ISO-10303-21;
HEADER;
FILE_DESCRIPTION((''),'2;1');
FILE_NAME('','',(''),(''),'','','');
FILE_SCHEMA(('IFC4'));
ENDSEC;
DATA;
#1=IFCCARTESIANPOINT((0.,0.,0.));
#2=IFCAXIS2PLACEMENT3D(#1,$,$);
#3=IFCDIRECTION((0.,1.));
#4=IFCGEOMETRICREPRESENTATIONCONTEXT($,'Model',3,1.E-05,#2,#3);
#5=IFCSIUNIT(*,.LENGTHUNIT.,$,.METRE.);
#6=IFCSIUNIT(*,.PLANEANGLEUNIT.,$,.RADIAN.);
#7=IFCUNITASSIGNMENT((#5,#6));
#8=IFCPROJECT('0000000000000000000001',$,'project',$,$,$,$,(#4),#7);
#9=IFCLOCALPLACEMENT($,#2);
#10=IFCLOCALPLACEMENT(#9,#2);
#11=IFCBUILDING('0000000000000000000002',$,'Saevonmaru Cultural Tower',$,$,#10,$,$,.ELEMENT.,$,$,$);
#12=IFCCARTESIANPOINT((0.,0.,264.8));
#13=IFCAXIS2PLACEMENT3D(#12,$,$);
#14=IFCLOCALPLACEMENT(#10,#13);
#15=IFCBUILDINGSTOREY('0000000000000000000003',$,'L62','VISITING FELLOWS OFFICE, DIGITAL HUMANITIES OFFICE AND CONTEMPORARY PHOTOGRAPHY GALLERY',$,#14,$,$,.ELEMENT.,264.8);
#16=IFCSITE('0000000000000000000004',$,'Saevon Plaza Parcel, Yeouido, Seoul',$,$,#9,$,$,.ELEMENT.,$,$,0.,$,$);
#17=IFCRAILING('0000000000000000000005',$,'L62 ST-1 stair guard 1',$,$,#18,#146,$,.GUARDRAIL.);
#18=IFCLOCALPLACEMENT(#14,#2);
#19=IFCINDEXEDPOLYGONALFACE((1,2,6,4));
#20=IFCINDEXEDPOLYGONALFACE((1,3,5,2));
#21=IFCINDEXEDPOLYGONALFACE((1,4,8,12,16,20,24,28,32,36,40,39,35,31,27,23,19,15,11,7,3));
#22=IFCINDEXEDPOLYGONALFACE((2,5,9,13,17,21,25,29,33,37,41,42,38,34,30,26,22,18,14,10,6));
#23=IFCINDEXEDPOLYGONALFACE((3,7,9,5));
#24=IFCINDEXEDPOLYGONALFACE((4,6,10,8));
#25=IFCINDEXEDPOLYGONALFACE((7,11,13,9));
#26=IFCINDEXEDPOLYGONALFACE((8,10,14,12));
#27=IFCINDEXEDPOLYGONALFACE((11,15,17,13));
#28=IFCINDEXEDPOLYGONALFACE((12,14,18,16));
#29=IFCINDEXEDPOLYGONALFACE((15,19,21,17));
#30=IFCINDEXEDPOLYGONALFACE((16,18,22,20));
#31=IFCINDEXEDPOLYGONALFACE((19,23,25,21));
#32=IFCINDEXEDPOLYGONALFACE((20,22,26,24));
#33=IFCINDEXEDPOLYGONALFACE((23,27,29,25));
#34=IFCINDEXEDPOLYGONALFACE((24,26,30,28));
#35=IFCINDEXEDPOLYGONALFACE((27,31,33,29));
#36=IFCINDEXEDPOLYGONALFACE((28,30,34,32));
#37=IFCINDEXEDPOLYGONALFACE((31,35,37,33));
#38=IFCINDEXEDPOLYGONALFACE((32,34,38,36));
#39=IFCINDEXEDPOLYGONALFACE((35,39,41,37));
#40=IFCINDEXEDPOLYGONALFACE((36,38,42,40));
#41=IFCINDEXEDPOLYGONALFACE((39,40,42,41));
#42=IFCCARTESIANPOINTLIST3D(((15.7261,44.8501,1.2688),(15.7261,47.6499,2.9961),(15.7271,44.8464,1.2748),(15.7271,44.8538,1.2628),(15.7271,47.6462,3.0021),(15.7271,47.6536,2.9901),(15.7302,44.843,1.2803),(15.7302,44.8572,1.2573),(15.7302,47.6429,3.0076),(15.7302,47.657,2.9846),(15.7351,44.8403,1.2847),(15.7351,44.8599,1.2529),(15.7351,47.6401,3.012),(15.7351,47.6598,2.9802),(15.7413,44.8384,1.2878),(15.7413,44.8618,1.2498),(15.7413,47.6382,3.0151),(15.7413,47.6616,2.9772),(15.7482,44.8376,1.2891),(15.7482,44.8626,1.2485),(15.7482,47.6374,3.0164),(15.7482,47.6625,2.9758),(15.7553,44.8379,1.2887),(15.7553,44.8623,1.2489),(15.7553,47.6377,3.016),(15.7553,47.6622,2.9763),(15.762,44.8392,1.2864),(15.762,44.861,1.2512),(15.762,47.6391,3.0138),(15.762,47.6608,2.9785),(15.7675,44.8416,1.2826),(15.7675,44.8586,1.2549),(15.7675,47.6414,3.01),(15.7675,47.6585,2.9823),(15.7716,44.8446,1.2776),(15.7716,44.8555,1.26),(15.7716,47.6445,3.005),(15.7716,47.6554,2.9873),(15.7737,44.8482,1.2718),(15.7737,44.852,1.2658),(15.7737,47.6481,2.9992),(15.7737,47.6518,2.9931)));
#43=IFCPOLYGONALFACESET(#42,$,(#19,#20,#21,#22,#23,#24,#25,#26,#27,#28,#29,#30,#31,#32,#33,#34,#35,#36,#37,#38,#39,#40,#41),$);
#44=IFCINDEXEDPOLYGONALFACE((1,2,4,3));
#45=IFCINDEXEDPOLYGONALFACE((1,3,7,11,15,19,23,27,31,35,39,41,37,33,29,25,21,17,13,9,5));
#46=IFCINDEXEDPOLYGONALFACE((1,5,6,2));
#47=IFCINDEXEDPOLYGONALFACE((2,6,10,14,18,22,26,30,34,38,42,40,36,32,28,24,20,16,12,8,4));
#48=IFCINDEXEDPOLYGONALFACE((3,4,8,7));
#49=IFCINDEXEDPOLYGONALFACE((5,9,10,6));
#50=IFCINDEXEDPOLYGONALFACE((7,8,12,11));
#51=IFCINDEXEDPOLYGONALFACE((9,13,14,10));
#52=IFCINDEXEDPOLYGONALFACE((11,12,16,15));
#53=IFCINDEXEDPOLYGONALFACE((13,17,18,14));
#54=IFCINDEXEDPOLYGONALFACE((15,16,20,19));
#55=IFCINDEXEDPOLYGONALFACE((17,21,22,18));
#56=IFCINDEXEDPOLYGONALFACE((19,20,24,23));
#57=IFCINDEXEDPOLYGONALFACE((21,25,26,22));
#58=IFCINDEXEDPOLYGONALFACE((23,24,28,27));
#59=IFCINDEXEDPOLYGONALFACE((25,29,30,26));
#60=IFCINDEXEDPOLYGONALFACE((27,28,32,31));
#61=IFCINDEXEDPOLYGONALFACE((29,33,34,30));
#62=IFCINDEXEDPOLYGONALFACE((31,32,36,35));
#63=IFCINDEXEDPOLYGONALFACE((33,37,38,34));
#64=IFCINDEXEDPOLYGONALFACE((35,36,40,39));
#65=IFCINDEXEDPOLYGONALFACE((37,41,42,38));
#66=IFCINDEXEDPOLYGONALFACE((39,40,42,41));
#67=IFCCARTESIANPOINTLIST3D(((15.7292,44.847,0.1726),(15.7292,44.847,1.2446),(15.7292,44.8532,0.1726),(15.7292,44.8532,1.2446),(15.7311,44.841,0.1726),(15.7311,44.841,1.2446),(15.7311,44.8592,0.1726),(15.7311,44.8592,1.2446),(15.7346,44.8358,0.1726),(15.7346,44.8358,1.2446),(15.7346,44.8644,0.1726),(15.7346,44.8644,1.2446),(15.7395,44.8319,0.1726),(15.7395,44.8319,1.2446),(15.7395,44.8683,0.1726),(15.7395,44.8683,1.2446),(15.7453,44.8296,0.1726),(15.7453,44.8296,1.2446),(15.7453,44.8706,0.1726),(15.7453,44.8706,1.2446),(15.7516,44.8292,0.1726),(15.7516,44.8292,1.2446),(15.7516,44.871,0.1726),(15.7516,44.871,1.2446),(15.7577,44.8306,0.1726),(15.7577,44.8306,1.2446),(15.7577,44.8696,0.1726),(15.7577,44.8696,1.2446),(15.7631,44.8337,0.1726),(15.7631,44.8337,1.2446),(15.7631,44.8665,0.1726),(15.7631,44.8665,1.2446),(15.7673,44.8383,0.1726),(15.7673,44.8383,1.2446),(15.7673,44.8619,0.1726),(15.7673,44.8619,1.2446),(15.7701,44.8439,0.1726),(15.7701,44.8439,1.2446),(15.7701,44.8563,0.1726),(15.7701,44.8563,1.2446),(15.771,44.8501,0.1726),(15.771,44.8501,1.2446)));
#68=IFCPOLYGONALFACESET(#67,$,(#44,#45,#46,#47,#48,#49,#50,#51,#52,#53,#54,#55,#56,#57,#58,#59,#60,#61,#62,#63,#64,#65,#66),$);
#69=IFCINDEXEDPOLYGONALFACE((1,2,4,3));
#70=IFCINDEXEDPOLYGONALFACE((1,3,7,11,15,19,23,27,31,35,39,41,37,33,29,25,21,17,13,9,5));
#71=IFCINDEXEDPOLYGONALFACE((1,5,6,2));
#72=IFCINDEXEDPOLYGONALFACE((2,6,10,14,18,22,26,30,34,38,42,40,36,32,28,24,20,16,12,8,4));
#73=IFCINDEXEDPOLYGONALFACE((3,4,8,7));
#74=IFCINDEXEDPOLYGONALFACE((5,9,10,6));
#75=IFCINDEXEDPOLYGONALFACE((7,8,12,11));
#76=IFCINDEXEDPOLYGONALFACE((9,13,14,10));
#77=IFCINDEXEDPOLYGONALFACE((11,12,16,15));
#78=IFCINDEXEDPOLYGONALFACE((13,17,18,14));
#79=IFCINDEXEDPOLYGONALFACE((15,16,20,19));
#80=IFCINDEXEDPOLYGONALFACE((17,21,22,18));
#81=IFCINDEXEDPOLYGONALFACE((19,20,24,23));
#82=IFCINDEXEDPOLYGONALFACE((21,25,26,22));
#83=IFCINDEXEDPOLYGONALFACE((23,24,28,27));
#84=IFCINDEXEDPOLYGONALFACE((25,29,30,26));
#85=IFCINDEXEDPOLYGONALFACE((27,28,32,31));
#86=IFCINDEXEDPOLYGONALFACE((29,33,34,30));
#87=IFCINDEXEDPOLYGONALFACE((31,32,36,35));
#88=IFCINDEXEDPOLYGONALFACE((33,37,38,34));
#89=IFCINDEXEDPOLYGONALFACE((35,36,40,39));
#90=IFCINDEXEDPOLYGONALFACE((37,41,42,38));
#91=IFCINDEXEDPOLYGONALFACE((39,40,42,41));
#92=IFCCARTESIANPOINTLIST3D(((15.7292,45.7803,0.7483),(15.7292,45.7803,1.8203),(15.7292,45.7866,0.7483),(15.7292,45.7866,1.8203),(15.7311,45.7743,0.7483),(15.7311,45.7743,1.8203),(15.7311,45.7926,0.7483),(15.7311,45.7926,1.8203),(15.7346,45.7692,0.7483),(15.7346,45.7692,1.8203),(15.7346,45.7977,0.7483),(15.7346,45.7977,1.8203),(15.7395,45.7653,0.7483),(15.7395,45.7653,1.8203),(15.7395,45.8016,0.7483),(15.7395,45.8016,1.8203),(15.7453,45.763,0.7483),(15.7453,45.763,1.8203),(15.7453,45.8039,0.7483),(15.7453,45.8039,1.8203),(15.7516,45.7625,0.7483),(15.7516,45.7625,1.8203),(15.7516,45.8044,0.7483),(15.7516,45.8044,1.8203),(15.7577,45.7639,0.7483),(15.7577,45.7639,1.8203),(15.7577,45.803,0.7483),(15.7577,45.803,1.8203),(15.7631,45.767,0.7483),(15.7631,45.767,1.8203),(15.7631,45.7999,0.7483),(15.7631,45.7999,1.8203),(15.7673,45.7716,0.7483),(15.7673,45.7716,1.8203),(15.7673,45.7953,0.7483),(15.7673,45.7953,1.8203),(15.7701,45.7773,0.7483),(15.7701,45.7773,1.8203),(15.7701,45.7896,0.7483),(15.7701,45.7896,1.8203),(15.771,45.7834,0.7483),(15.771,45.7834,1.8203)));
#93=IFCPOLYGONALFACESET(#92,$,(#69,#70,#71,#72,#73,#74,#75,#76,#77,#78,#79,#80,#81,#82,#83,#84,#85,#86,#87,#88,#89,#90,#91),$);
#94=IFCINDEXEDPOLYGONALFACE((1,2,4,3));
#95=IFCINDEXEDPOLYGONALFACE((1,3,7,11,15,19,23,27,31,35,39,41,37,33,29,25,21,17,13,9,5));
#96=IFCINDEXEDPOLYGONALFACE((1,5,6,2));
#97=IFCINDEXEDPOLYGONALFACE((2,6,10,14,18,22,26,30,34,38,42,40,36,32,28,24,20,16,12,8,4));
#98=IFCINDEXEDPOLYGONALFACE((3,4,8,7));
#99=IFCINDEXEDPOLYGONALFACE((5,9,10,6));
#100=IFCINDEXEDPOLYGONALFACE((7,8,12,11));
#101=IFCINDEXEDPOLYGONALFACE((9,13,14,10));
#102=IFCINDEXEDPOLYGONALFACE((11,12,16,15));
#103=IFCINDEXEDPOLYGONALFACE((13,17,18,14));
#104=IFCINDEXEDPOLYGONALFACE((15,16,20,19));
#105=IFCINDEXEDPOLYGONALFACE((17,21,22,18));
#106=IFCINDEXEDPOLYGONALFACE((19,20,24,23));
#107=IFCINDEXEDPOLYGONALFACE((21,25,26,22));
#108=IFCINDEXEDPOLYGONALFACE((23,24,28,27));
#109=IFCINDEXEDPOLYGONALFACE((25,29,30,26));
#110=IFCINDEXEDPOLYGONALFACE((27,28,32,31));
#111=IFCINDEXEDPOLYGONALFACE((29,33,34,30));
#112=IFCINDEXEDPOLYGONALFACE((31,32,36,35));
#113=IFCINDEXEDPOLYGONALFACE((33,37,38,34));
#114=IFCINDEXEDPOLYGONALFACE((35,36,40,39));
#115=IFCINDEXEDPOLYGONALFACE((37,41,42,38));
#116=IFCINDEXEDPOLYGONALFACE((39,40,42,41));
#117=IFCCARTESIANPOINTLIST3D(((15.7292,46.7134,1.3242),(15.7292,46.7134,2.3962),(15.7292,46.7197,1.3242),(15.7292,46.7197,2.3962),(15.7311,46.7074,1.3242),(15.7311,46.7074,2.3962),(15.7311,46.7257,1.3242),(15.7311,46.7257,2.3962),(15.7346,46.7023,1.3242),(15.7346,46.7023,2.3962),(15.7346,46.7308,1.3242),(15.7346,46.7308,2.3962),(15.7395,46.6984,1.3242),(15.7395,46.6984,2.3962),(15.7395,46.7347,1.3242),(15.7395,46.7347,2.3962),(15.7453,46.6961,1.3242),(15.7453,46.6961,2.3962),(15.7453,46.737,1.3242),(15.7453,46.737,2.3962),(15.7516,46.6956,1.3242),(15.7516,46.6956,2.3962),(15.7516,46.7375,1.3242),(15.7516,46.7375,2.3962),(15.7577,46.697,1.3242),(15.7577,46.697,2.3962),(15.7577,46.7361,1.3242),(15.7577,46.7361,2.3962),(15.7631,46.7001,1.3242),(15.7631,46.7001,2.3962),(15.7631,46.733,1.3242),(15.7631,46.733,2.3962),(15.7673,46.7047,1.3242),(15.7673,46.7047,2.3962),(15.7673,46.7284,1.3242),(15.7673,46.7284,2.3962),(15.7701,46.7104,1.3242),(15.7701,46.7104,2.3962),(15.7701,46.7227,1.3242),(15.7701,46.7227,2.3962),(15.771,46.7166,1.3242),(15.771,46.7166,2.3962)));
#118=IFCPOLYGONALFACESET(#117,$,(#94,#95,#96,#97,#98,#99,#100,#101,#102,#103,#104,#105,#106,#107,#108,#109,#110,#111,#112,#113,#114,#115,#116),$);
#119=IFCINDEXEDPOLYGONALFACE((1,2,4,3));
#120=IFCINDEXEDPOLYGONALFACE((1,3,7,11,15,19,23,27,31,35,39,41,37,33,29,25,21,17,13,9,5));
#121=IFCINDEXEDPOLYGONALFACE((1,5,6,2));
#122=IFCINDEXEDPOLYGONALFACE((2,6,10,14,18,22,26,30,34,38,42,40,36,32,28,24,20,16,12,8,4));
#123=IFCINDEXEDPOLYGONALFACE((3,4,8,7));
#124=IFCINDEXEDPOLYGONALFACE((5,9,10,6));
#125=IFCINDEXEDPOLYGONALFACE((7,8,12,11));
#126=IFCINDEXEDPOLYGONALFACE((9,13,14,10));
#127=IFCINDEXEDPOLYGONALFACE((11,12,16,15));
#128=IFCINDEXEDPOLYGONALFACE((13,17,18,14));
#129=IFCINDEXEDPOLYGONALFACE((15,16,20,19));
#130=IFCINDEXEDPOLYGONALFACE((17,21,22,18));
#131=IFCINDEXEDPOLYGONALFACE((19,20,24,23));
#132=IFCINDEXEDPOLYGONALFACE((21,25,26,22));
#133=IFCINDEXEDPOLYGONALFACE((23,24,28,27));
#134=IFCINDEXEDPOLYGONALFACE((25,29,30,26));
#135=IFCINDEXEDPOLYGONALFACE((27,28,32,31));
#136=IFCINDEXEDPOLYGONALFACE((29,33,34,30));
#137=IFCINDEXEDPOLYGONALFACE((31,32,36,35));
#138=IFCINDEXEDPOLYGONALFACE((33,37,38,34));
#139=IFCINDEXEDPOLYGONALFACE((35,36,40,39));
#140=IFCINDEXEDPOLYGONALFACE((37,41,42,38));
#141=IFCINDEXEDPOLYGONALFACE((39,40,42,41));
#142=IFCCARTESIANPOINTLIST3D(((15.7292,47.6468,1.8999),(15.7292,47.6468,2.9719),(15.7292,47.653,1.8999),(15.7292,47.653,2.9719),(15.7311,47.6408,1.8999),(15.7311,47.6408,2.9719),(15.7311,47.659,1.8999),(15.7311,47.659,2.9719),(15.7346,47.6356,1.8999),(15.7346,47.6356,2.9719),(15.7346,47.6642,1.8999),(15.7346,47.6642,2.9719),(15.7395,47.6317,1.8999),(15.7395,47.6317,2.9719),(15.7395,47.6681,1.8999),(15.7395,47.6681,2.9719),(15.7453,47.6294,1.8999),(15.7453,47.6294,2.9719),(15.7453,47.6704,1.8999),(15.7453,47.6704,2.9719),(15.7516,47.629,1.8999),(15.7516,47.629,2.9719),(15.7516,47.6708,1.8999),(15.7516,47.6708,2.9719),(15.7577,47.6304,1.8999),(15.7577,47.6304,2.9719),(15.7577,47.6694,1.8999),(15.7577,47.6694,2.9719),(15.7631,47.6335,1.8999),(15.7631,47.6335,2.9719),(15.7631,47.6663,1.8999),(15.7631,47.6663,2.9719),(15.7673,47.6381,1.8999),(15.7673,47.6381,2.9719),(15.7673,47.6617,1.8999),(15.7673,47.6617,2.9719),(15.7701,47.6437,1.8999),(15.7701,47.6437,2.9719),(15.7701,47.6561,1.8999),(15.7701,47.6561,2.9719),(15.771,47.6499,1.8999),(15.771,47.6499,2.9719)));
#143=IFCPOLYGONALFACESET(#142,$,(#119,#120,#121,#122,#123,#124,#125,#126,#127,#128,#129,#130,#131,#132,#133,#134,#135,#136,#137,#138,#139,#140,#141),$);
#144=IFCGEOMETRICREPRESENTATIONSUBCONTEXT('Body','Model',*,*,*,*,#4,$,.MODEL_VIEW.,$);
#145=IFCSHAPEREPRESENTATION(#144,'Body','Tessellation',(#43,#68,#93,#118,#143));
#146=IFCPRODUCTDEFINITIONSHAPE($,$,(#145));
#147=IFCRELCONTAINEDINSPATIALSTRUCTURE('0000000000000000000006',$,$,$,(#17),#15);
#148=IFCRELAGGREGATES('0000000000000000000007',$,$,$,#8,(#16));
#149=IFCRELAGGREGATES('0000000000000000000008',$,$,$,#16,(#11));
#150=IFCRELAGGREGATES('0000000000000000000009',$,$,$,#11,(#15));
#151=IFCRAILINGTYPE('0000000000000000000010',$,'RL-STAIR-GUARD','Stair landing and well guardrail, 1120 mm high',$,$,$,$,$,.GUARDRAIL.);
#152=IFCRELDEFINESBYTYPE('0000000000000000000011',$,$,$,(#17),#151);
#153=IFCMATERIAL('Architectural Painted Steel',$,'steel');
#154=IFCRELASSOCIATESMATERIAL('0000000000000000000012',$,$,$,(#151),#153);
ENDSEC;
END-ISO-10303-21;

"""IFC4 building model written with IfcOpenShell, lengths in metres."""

from ifc_helpers import new_model, si_unit, direction, frame, origin, origin_2d, place, context, subcontext, project, spatial, circle, extrude, material, type_object, element, save


model = new_model("IFC4")

# Units and contexts
model_context = context("Model", 3, precision=1e-05, world=origin(), true_north=direction((0.0, 1.0)))
body_context = subcontext(model_context, "Body", "Model", "MODEL_VIEW")
ifc_project = project(units=[si_unit("LENGTHUNIT", "METRE"), si_unit("PLANEANGLEUNIT", "RADIAN")], contexts=[model_context])

# Site, building, storey
site_placement = place(None, origin())
site = spatial("IfcSite", under=ifc_project, at=site_placement, Name="Saevon Plaza Parcel, Yeouido, Seoul", CompositionType="ELEMENT", RefElevation=0.0)
building_placement = place(site_placement, origin())
building = spatial("IfcBuilding", under=site, at=building_placement, Name="Saevonmaru Cultural Tower", CompositionType="ELEMENT")
storey_placement = place(building_placement, frame((0.0, 0.0, 264.8)))
storey = spatial("IfcBuildingStorey", under=building, at=storey_placement, Name="L62", Description="VISITING FELLOWS OFFICE, DIGITAL HUMANITIES OFFICE AND CONTEMPORARY PHOTOGRAPHY GALLERY", CompositionType="ELEMENT", Elevation=264.8)

# Railing
ifc_material_1 = material(Name="Architectural Painted Steel", Category="steel")
railing_type_1 = type_object("IfcRailingType", Name="RL-STAIR-GUARD", Description="Stair landing and well guardrail, 1120 mm high", PredefinedType="GUARDRAIL", material=ifc_material_1)
railing_1_placement = place(storey_placement, frame((15.75, 44.8501, 0.1726)))
element("IfcRailing", 1, at=railing_1_placement, inside=storey, type_object=railing_type_1, Name="L62 ST-1 stair guard 1", PredefinedType="GUARDRAIL", context=body_context, shape_type="SweptSolid", body=[
    extrude(circle(Radius=0.0239, at=origin_2d()), frame((0.0, 0.0, 1.0962), z_axis=(0.0, 0.851069, 0.525054), x_axis=(-1.0, 0.0, 0.0)), (0.0, 0.0, 1.0), 3.2898),
    extrude(circle(Radius=0.021, at=origin_2d()), origin(), (0.0, 0.0, 1.0), 1.072),
    extrude(circle(Radius=0.021, at=origin_2d()), frame((0.0, 0.9333, 0.5757)), (0.0, 0.0, 1.0), 1.072),
    extrude(circle(Radius=0.021, at=origin_2d()), frame((0.0, 1.8665, 1.1516)), (0.0, 0.0, 1.0), 1.072),
    extrude(circle(Radius=0.021, at=origin_2d()), frame((0.0, 2.7998, 1.7273)), (0.0, 0.0, 1.0), 1.072),
])

save(model, "model.ifc")
